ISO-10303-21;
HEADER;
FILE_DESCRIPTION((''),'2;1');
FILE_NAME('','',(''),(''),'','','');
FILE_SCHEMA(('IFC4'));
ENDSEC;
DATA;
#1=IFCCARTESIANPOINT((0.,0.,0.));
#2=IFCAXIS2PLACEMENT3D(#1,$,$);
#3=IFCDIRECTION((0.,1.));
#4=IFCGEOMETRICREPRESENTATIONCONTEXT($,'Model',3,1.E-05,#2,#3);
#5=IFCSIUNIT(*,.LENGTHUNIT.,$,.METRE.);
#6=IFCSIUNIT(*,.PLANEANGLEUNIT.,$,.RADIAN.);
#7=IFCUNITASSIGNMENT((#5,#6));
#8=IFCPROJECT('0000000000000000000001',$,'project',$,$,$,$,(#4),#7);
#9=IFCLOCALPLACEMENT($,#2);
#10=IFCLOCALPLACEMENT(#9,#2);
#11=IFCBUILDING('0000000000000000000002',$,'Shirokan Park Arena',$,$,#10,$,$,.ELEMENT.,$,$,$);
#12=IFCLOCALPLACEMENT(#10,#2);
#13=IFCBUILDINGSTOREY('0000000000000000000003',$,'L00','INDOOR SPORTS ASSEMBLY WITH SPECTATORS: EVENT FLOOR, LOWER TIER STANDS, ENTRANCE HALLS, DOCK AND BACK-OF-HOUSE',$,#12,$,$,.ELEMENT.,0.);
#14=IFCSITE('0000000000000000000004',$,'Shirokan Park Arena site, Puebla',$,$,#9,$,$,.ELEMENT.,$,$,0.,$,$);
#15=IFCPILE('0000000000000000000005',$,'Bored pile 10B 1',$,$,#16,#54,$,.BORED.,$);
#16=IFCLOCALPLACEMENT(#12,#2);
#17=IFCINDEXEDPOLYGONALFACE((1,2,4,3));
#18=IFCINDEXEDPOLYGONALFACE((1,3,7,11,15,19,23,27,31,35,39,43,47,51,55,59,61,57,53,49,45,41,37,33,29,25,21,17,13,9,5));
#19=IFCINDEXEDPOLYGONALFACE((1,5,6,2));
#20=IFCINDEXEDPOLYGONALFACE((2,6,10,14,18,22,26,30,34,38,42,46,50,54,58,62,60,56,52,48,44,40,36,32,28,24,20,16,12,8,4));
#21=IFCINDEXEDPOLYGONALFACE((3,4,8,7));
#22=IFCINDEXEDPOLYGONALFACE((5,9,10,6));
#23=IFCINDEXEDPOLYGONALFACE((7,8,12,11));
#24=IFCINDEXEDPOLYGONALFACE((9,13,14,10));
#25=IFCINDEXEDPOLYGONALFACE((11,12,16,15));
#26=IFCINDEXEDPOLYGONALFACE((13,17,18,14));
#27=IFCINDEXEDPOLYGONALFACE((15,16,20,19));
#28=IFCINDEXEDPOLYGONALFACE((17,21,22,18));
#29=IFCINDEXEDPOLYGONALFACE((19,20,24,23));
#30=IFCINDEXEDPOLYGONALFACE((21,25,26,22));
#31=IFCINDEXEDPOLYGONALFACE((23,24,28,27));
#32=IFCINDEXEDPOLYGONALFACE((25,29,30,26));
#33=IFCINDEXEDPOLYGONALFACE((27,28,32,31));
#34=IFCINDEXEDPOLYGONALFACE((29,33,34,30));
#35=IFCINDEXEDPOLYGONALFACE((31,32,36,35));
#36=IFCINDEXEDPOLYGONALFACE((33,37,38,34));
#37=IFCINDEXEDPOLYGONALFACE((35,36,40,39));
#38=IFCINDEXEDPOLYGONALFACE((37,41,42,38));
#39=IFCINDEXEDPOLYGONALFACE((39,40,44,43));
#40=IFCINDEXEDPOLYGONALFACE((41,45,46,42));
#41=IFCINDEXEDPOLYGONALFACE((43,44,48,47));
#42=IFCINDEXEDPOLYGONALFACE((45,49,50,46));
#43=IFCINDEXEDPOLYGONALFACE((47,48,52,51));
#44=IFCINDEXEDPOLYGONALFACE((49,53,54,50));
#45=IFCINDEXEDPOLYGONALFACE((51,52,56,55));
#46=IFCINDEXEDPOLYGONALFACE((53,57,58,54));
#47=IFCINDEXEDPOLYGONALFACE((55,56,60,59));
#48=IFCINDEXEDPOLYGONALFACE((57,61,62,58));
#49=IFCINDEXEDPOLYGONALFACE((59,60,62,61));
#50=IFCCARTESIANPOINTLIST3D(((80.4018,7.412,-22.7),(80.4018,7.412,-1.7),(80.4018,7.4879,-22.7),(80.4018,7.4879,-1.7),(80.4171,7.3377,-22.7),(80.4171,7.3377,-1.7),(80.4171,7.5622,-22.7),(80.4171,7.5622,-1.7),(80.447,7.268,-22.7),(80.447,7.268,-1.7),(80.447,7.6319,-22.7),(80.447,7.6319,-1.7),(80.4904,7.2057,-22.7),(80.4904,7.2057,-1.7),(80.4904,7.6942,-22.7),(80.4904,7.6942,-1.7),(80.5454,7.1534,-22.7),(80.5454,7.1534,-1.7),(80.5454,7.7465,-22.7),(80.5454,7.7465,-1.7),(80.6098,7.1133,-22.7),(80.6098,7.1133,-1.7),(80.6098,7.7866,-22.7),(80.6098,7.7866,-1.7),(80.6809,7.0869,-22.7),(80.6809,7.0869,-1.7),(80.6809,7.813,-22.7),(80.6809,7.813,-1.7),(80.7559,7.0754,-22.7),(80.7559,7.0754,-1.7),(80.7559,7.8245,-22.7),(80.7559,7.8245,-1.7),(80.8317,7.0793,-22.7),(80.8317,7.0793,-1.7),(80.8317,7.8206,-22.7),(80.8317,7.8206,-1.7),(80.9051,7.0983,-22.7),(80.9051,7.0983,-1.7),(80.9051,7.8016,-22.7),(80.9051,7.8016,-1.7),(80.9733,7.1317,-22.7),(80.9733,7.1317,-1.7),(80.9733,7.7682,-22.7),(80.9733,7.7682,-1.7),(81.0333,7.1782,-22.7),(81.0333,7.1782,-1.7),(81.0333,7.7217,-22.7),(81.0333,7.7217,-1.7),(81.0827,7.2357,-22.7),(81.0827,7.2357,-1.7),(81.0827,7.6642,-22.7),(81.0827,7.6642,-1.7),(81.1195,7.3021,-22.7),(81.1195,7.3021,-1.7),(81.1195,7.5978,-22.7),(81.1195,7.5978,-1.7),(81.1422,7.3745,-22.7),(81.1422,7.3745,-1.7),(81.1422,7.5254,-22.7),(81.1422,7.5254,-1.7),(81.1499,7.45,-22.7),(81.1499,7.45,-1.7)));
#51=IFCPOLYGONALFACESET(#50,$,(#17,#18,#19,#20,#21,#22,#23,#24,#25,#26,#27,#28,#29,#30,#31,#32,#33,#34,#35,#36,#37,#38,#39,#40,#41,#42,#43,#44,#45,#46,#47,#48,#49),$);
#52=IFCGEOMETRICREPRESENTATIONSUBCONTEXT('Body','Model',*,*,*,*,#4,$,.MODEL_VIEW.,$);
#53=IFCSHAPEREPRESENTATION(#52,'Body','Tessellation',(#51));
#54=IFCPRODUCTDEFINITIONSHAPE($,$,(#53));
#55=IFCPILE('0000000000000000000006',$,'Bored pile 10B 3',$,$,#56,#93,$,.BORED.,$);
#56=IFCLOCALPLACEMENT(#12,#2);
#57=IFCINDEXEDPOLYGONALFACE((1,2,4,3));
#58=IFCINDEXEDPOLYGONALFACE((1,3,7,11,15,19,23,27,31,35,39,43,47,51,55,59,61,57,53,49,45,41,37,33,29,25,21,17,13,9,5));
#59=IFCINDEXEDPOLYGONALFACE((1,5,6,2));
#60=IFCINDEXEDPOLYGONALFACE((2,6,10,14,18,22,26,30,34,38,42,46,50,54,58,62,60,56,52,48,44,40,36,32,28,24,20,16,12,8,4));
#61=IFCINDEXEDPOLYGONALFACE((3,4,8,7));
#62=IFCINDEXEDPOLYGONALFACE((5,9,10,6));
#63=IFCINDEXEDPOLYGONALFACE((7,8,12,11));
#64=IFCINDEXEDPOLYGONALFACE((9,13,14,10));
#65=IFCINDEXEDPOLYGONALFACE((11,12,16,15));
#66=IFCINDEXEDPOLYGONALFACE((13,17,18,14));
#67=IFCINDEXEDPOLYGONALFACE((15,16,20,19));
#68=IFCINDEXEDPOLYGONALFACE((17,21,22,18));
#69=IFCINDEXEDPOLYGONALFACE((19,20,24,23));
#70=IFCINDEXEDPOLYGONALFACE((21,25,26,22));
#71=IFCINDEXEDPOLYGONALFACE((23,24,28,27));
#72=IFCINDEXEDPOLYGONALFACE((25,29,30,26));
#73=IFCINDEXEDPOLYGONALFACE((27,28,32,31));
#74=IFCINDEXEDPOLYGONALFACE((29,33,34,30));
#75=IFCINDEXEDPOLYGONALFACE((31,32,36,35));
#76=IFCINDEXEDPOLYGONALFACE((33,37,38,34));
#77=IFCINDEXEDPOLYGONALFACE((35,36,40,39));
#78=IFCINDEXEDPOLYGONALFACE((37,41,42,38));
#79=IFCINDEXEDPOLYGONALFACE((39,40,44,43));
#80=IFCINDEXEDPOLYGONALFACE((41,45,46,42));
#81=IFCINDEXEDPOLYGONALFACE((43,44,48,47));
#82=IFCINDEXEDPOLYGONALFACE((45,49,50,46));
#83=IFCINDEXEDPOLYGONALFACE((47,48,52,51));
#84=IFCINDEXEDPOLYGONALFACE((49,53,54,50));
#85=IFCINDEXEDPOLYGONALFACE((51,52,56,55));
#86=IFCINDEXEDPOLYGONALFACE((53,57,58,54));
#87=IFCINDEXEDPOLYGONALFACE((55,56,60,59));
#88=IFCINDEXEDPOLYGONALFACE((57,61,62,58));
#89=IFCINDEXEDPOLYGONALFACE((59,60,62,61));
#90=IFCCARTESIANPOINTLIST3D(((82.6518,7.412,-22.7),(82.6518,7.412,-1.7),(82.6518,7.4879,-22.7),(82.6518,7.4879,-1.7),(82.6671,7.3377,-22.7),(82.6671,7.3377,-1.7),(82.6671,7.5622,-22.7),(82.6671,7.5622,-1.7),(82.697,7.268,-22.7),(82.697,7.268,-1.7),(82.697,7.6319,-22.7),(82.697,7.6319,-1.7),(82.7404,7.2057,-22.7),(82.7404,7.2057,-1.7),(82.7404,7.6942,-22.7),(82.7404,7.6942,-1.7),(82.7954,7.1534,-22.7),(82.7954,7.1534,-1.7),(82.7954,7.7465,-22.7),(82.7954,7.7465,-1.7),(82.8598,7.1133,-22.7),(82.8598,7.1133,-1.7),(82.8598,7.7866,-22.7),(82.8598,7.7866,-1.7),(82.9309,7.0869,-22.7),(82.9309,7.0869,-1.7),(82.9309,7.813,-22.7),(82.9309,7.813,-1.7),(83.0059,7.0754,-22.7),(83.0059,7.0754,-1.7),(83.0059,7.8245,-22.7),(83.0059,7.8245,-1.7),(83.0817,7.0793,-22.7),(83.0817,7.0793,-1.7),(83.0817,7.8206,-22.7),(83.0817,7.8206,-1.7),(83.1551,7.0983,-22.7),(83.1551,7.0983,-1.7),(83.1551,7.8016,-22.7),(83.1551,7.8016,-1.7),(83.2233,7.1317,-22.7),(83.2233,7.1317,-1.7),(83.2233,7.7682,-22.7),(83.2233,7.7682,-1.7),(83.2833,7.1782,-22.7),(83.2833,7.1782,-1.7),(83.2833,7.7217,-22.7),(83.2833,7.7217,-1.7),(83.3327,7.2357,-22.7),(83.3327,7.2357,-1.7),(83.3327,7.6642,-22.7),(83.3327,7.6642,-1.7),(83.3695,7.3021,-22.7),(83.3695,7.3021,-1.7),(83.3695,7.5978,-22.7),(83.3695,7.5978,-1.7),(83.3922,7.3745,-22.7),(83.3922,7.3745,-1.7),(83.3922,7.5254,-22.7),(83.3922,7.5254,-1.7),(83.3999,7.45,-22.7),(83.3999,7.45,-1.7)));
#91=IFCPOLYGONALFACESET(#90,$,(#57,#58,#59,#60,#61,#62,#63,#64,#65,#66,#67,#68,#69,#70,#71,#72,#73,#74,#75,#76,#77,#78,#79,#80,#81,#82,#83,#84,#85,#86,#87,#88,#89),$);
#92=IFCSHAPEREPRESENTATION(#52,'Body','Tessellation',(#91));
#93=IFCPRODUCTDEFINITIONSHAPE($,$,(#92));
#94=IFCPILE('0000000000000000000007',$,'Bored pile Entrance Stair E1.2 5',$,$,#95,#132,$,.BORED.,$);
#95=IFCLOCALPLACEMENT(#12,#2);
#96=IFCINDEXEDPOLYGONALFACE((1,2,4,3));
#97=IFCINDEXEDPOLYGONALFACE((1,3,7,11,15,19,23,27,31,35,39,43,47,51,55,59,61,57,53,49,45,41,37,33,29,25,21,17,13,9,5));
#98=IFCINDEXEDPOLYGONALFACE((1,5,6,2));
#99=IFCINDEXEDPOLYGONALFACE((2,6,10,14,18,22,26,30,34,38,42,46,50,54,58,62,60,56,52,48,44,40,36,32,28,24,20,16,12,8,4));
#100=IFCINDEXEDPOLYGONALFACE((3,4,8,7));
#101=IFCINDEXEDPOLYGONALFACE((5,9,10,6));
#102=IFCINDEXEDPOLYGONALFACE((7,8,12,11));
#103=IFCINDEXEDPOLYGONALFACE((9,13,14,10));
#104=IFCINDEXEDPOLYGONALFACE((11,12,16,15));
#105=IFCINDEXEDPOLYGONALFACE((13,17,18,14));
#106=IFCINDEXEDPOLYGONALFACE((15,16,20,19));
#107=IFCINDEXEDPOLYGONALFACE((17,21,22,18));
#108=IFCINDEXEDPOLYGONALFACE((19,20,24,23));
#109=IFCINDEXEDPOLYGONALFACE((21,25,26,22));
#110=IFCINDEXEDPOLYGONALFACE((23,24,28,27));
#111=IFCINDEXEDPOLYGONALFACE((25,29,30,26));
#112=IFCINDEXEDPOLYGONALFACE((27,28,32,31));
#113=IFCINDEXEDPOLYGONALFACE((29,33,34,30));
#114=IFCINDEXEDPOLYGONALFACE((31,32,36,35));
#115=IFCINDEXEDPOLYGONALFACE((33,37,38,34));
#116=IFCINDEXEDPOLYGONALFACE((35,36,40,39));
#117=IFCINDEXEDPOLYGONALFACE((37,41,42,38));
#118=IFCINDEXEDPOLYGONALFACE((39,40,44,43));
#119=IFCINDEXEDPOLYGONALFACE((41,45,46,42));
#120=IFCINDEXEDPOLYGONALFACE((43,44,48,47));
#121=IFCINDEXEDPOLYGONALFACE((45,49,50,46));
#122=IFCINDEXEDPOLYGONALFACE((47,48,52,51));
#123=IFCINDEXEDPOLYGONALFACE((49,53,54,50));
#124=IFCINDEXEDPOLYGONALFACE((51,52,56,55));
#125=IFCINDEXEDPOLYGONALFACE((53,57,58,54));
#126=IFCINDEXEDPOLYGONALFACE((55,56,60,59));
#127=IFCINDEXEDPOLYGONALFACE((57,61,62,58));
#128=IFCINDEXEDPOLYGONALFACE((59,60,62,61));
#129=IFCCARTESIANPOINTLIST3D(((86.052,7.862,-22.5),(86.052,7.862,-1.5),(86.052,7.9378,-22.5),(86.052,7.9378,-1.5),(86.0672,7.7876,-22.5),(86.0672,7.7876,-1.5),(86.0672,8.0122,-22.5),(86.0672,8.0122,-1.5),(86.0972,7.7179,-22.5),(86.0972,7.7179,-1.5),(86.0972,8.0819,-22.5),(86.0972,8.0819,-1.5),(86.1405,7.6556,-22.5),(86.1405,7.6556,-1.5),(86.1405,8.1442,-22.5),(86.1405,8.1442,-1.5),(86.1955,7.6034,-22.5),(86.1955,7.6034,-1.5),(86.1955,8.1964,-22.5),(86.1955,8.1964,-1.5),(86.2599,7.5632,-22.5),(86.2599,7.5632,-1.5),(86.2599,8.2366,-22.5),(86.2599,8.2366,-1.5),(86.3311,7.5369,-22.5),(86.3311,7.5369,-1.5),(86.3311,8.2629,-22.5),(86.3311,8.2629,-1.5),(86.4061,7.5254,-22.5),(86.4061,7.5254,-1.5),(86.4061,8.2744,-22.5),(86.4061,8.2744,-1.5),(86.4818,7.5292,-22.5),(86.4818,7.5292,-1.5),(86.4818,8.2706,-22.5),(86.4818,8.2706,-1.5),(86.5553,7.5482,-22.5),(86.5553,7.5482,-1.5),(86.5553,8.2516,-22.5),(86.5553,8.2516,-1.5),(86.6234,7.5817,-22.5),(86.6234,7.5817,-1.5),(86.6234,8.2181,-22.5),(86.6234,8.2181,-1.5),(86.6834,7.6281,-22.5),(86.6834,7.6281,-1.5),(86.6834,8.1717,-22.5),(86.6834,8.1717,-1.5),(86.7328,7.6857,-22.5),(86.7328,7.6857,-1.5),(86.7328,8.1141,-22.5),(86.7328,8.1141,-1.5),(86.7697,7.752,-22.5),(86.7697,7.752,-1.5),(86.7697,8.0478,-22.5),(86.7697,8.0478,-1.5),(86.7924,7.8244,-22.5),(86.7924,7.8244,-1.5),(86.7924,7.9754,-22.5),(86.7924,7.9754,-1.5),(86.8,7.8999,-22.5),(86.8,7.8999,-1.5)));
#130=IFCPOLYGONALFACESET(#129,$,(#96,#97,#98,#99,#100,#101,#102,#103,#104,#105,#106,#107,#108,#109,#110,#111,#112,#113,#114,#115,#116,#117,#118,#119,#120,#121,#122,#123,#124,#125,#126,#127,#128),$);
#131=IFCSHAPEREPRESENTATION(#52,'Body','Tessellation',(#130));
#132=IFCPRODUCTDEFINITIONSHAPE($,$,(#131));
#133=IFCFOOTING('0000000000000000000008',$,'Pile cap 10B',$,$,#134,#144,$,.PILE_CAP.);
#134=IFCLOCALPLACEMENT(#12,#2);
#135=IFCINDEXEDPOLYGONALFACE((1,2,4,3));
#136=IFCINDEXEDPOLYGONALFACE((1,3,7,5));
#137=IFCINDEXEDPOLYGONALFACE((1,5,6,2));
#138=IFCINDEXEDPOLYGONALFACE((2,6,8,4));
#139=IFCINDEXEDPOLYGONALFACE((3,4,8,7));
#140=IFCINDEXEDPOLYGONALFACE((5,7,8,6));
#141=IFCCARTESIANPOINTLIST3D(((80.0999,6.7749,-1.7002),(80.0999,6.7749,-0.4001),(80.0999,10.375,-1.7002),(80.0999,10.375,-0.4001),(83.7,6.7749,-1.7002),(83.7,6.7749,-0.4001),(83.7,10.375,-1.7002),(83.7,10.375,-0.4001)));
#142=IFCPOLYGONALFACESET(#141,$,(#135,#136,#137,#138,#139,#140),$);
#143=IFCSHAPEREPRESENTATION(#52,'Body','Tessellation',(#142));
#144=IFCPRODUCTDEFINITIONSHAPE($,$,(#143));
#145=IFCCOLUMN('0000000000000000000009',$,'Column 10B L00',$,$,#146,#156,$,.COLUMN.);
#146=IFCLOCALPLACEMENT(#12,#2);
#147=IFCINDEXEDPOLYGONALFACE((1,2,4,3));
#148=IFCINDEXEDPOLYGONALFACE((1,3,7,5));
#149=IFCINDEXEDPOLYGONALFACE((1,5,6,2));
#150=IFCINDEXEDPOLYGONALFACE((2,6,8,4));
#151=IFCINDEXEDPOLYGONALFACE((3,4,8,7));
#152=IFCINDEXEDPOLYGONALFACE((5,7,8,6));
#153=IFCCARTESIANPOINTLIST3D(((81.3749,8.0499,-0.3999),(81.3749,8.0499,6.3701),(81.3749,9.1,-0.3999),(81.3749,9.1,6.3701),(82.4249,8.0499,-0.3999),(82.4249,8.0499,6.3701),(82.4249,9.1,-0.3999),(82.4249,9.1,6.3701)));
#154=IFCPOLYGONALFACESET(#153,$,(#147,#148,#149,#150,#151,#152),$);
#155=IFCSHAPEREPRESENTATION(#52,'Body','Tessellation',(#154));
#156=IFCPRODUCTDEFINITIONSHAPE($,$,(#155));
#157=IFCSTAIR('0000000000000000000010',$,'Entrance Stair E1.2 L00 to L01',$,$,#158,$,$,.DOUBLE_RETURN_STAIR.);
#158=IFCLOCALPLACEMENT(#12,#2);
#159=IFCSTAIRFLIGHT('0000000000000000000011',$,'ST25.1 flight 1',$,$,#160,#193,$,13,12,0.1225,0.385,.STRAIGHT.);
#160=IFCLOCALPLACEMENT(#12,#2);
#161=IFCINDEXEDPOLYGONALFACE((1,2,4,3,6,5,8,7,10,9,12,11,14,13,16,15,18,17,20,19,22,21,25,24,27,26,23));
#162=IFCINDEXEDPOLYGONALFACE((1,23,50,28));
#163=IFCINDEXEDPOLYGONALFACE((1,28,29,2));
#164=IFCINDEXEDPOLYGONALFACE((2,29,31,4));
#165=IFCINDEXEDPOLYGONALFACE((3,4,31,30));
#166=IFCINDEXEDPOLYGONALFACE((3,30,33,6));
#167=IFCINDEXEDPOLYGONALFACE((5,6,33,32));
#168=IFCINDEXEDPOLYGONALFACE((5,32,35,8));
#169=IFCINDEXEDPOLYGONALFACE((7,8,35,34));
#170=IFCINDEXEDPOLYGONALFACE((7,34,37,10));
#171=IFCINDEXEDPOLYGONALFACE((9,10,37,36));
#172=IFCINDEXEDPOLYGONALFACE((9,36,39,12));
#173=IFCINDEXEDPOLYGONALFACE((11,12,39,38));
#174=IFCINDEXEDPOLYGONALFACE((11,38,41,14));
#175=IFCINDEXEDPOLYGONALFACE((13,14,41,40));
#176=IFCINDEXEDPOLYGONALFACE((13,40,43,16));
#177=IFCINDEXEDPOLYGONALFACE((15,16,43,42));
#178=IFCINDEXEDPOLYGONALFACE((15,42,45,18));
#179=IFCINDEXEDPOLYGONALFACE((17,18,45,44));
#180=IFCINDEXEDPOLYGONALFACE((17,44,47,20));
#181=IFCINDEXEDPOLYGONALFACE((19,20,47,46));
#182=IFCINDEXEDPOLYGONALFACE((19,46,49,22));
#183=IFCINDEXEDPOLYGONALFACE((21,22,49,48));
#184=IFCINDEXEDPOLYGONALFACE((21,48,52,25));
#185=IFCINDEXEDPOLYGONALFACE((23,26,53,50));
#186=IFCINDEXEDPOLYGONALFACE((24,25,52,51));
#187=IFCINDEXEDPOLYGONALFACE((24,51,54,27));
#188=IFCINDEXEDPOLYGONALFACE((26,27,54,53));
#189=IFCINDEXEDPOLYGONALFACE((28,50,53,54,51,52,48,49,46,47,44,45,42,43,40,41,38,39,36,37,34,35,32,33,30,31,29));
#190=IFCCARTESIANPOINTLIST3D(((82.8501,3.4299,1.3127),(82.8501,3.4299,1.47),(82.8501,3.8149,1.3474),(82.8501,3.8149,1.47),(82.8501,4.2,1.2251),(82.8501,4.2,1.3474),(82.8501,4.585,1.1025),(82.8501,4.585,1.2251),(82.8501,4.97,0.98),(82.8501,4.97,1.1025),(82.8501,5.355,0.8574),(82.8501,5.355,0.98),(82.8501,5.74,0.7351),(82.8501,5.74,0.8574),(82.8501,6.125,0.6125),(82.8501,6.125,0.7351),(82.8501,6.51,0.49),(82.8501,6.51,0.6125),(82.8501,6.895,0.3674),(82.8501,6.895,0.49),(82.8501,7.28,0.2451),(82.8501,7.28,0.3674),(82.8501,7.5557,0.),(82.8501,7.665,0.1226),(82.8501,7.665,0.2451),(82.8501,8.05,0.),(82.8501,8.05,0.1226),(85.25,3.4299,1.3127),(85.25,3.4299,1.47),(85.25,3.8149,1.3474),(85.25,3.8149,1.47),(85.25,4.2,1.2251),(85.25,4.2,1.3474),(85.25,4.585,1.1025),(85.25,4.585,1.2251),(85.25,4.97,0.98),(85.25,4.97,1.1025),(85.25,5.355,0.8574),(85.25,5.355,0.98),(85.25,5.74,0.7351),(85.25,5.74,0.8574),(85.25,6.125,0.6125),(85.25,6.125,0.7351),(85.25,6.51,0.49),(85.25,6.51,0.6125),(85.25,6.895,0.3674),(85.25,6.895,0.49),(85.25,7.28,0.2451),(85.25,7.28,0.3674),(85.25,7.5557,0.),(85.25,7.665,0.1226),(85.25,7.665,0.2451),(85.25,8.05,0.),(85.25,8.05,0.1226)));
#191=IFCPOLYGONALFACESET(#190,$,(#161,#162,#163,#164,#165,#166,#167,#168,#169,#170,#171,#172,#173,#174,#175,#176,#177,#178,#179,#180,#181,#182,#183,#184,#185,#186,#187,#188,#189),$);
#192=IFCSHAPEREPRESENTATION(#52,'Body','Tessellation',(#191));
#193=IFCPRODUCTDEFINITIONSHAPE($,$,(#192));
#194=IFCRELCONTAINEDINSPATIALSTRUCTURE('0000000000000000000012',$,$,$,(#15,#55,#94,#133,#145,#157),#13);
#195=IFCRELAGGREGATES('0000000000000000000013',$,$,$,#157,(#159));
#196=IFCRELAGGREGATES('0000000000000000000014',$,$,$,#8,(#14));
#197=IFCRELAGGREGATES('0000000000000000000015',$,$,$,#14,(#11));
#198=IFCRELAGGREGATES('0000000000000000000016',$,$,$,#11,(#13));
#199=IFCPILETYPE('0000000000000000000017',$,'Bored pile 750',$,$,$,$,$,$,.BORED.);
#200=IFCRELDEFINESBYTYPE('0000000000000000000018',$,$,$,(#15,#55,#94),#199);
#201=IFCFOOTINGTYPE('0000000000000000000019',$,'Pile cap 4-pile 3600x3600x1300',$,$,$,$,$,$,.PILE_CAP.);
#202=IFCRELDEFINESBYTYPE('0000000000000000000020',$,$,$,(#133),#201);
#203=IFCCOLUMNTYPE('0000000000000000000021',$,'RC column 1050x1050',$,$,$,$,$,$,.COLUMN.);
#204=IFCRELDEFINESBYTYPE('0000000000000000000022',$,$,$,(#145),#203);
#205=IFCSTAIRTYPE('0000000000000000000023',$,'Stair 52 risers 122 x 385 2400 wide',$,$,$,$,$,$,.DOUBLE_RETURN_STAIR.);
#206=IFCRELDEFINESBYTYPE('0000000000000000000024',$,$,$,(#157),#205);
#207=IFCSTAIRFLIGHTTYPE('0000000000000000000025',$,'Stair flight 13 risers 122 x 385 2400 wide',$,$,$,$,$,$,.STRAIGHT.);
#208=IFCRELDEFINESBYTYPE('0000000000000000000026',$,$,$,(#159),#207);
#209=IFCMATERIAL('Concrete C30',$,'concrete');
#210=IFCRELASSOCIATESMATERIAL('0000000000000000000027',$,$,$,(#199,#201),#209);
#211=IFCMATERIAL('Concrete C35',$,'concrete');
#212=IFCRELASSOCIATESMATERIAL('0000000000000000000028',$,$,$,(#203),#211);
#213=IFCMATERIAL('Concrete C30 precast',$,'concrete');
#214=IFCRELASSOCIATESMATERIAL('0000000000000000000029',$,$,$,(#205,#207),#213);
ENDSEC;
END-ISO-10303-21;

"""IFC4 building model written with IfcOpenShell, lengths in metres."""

from ifc_helpers import new_model, si_unit, direction, frame, origin, origin_2d, place, context, subcontext, project, spatial, polyline, rectangle, circle, outline, extrude, material, material_profile, profile_set, type_object, element, aggregate, save


model = new_model("IFC4")

# Units and contexts
model_context = context("Model", 3, precision=1e-05, world=origin(), true_north=direction((0.0, 1.0)))
body_context = subcontext(model_context, "Body", "Model", "MODEL_VIEW")
ifc_project = project(units=[si_unit("LENGTHUNIT", "METRE"), si_unit("PLANEANGLEUNIT", "RADIAN")], contexts=[model_context])

# Site, building, storey
site_placement = place(None, origin())
site = spatial("IfcSite", under=ifc_project, at=site_placement, Name="Shirokan Park Arena site, Puebla", CompositionType="ELEMENT", RefElevation=0.0)
building_placement = place(site_placement, origin())
building = spatial("IfcBuilding", under=site, at=building_placement, Name="Shirokan Park Arena", CompositionType="ELEMENT")
storey_placement = place(building_placement, origin())
storey = spatial("IfcBuildingStorey", under=building, at=storey_placement, Name="L00", Description="INDOOR SPORTS ASSEMBLY WITH SPECTATORS: EVENT FLOOR, LOWER TIER STANDS, ENTRANCE HALLS, DOCK AND BACK-OF-HOUSE", CompositionType="ELEMENT", Elevation=0.0)

# Piles
ifc_material_1 = material(Name="Concrete C30", Category="concrete")
ifc_material_profile_1 = material_profile(ifc_material_1, circle(Radius=0.375, at=origin_2d()), Name="D750")
ifc_profile_set_1 = profile_set([ifc_material_profile_1], Name="Concrete C30")
pile_type = type_object("IfcPileType", Name="Bored pile 750", PredefinedType="BORED", material=ifc_profile_set_1)
for number, where, z_axis, x_axis, name in (
    (1, (80.7749, 7.45, -1.7), (0.0, 0.0, -1.0), (1.0, 0.0, 0.0), "Bored pile 10B 1"),
    (2, (83.0249, 7.45, -1.7), (0.0, 0.0, -1.0), (1.0, 0.0, 0.0), "Bored pile 10B 3"),
    (3, (86.425, 7.8999, -1.5), (0.0, 0.0, -1.0), (1.0, 0.0, 0.0), "Bored pile Entrance Stair E1.2 5"),
):
    element("IfcPile", number, at=place(storey_placement, frame(where, z_axis=z_axis, x_axis=x_axis)), inside=storey, type_object=pile_type, Name=name, PredefinedType="BORED", context=body_context, shape_type="SweptSolid", body=[
        extrude(circle(Radius=0.375, at=origin_2d()), origin(), (0.0, 0.0, 1.0), 21.0),
    ])

# Footing
footing_type = type_object("IfcFootingType", Name="Pile cap 4-pile 3600x3600x1300", PredefinedType="PILE_CAP", material=ifc_material_1)
footing_placement = place(storey_placement, frame((81.8999, 8.575, -1.7002), z_axis=(0.0, 0.0, 1.0), x_axis=(1.0, 0.0, 0.0)))
element("IfcFooting", 4, at=footing_placement, inside=storey, type_object=footing_type, Name="Pile cap 10B", PredefinedType="PILE_CAP", context=body_context, shape_type="SweptSolid", body=[
    extrude(rectangle(XDim=3.6001, YDim=3.6001, at=origin_2d()), origin(), (0.0, 0.0, 1.0), 1.3),
])

# Column
ifc_material_2 = material(Name="Concrete C35", Category="concrete")
ifc_material_profile_2 = material_profile(ifc_material_2, rectangle(XDim=1.05, YDim=1.05, at=origin_2d()), Name="1050x1050")
ifc_profile_set_2 = profile_set([ifc_material_profile_2], Name="Concrete C35")
column_type = type_object("IfcColumnType", Name="RC column 1050x1050", PredefinedType="COLUMN", material=ifc_profile_set_2)
column_placement = place(storey_placement, frame((81.8999, 8.575, -0.3999), z_axis=(0.0, 0.0, 1.0), x_axis=(1.0, 0.0, 0.0)))
element("IfcColumn", 5, at=column_placement, inside=storey, type_object=column_type, Name="Column 10B L00", PredefinedType="COLUMN", context=body_context, shape_type="SweptSolid", body=[
    extrude(rectangle(XDim=1.05, YDim=1.05, at=origin_2d()), origin(), (0.0, 0.0, 1.0), 6.77),
])

# Stair, stair flight
ifc_material_3 = material(Name="Concrete C30 precast", Category="concrete")
stair_type = type_object("IfcStairType", Name="Stair 52 risers 122 x 385 2400 wide", PredefinedType="DOUBLE_RETURN_STAIR", material=ifc_material_3)
stair_placement = place(storey_placement, origin())
stair = element("IfcStair", 6, at=stair_placement, inside=storey, type_object=stair_type, Name="Entrance Stair E1.2 L00 to L01", PredefinedType="DOUBLE_RETURN_STAIR")
stair_flight_type = type_object("IfcStairFlightType", Name="Stair flight 13 risers 122 x 385 2400 wide", PredefinedType="STRAIGHT", material=ifc_material_3)
stair_flight_1_placement = place(storey_placement, frame((84.05, 8.05, 0.0), z_axis=(0.0, 0.0, 1.0), x_axis=(0.0, -1.0, 0.0)))
stair_flight_1 = element("IfcStairFlight", 7, at=stair_flight_1_placement, type_object=stair_flight_type, Name="ST25.1 flight 1", NumberOfRisers=13, NumberOfTreads=12, PredefinedType="STRAIGHT", RiserHeight=0.1225, TreadLength=0.385, context=body_context, shape_type="SweptSolid", body=[
    extrude(outline(polyline([(0.0, 0.0), (0.0, 0.1226), (0.385, 0.1226), (0.385, 0.2451), (0.77, 0.2451), (0.77, 0.3674), (1.155, 0.3674), (1.155, 0.49), (1.54, 0.49), (1.54, 0.6125), (1.925, 0.6125), (1.925, 0.7351), (2.3101, 0.7351), (2.3101, 0.8574), (2.6951, 0.8574), (2.6951, 0.98), (3.0801, 0.98), (3.0801, 1.1025), (3.4651, 1.1025), (3.4651, 1.2251), (3.8501, 1.2251), (3.8501, 1.3474), (4.2351, 1.3474), (4.2351, 1.47), (4.6201, 1.47), (4.6201, 1.5925), (4.6201, 1.3127), (0.4944, 0.0), (0.0, 0.0)])), frame((0.0, 1.2, 0.0), z_axis=(0.0, -1.0, 0.0), x_axis=(1.0, 0.0, 0.0)), (0.0, 0.0, 1.0), 2.3999),
])
aggregate(stair, [stair_flight_1])

save(model, "model.ifc")
